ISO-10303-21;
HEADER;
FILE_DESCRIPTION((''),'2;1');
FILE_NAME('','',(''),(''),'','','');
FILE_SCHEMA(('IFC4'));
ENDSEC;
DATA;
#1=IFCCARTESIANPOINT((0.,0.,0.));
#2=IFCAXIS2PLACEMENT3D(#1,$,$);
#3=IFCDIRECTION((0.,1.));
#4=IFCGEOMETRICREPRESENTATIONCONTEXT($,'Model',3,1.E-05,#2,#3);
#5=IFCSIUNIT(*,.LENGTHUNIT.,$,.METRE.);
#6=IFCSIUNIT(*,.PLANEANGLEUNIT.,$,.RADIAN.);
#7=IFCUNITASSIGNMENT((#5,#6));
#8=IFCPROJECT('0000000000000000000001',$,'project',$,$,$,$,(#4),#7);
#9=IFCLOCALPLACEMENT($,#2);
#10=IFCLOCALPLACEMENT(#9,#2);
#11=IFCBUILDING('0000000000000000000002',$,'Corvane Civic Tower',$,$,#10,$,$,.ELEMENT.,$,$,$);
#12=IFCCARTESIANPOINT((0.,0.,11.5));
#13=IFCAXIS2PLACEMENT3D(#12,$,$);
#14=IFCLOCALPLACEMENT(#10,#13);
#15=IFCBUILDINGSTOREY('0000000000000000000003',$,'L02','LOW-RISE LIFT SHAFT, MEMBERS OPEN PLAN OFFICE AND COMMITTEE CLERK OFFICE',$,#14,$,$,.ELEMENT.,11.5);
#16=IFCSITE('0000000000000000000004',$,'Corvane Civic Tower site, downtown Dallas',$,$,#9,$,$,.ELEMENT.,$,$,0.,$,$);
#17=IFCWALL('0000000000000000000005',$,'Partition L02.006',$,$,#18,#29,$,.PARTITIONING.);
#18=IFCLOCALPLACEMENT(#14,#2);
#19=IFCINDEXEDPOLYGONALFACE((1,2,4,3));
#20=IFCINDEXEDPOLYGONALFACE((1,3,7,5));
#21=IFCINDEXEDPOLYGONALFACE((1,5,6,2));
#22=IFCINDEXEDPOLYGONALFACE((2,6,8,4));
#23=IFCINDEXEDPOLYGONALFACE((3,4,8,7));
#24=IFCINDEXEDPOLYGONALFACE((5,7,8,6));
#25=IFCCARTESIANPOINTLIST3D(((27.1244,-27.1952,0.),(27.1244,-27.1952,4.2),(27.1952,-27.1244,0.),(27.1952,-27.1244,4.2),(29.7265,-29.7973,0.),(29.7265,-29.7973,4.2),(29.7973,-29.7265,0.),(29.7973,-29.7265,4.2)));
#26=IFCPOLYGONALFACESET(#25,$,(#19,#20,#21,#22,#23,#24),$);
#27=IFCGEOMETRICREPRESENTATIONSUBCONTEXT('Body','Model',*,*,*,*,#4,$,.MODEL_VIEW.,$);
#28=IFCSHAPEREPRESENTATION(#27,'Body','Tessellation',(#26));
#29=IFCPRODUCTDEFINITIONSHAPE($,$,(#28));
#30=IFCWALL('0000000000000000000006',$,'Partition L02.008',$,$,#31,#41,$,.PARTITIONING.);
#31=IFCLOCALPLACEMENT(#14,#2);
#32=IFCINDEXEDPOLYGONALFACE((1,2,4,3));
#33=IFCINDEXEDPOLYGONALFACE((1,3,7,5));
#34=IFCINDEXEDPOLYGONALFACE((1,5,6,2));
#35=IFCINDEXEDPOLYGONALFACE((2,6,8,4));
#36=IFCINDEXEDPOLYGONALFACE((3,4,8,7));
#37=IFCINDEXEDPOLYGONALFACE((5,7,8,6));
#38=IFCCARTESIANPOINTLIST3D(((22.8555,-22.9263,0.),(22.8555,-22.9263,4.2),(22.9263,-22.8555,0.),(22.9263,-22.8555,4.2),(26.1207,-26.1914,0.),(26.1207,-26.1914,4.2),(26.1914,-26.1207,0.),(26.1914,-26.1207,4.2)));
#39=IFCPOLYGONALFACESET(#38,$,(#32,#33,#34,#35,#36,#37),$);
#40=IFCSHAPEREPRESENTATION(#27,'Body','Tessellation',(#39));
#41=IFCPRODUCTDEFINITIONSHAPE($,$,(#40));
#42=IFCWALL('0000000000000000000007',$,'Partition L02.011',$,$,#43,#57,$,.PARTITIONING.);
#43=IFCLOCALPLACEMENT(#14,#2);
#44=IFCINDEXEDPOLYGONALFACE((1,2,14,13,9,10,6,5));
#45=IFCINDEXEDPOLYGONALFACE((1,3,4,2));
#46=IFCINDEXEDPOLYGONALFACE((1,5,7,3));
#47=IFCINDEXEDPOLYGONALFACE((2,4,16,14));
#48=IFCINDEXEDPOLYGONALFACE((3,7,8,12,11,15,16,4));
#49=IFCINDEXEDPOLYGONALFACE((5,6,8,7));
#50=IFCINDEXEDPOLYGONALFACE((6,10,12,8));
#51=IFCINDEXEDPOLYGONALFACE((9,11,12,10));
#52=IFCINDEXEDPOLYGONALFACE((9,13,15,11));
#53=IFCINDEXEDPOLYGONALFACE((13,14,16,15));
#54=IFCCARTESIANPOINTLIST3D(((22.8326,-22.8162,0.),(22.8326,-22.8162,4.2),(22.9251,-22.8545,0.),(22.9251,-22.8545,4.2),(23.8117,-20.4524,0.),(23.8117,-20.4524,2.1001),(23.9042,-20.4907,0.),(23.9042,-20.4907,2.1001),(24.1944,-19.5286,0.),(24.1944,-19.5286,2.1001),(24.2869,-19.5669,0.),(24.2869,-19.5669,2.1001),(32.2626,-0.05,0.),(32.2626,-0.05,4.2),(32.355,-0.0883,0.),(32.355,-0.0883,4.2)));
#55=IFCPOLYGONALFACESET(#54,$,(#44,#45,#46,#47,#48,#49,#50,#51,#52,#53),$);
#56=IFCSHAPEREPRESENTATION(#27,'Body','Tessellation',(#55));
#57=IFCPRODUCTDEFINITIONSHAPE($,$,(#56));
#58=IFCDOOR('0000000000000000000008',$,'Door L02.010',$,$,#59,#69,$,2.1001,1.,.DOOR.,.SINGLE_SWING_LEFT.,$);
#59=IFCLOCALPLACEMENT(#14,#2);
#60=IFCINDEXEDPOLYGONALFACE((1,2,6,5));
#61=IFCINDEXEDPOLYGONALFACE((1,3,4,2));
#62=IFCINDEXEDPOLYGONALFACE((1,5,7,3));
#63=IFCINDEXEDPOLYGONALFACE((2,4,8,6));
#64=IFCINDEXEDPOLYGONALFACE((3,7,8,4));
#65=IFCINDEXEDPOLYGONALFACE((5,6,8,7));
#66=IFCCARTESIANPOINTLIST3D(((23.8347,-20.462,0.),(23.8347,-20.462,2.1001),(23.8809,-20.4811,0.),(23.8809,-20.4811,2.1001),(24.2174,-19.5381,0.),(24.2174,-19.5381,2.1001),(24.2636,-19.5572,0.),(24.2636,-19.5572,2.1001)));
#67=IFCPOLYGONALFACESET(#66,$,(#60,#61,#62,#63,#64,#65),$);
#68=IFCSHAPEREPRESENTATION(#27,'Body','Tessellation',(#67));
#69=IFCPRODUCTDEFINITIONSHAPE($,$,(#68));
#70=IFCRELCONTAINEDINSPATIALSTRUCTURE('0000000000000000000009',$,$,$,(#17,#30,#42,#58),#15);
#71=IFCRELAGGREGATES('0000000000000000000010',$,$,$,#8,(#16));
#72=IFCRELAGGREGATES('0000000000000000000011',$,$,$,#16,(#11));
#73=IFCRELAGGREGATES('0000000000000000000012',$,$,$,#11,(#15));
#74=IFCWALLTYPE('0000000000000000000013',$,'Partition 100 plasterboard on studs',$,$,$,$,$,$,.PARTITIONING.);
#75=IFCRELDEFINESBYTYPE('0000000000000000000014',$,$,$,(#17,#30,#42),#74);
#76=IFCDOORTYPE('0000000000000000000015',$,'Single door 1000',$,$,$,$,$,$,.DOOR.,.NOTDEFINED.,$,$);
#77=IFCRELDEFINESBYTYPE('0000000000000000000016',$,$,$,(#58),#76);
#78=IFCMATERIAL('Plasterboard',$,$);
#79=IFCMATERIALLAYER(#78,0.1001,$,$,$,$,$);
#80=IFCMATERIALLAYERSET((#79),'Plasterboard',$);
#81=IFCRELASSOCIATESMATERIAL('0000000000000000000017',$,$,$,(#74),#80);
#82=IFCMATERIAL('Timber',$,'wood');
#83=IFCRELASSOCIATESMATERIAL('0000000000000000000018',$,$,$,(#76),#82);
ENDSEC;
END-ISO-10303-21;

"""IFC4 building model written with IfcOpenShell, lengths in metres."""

from ifc_helpers import new_model, si_unit, direction, frame, frame_2d, origin, place, context, subcontext, project, spatial, rectangle, extrude, material, layer, layer_set, type_object, element, fill, save


model = new_model("IFC4")

# Units and contexts
model_context = context("Model", 3, precision=1e-05, world=origin(), true_north=direction((0.0, 1.0)))
body_context = subcontext(model_context, "Body", "Model", "MODEL_VIEW")
ifc_project = project(units=[si_unit("LENGTHUNIT", "METRE"), si_unit("PLANEANGLEUNIT", "RADIAN")], contexts=[model_context])

# Site, building, storey
site_placement = place(None, origin())
site = spatial("IfcSite", under=ifc_project, at=site_placement, Name="Corvane Civic Tower site, downtown Dallas", CompositionType="ELEMENT", RefElevation=0.0)
building_placement = place(site_placement, origin())
building = spatial("IfcBuilding", under=site, at=building_placement, Name="Corvane Civic Tower", CompositionType="ELEMENT")
storey_placement = place(building_placement, frame((0.0, 0.0, 11.5)))
storey = spatial("IfcBuildingStorey", under=building, at=storey_placement, Name="L02", Description="LOW-RISE LIFT SHAFT, MEMBERS OPEN PLAN OFFICE AND COMMITTEE CLERK OFFICE", CompositionType="ELEMENT", Elevation=11.5)

# Walls
ifc_material_1 = material(Name="Plasterboard")
ifc_layer_1 = layer(ifc_material_1, 0.1001)
ifc_layer_set_1 = layer_set([ifc_layer_1], Name="Plasterboard")
wall_type_1 = type_object("IfcWallType", Name="Partition 100 plasterboard on studs", PredefinedType="PARTITIONING", material=ifc_layer_set_1)
wall_1_placement = place(storey_placement, frame((27.1599, -27.1599, 0.0), z_axis=(0.0, 0.0, 1.0), x_axis=(0.707107, -0.707107, 0.0)))
element("IfcWall", 1, at=wall_1_placement, inside=storey, type_object=wall_type_1, Name="Partition L02.006", PredefinedType="PARTITIONING", context=body_context, shape_type="SweptSolid", body=[
    extrude(rectangle(XDim=3.6799, YDim=0.1001, at=frame_2d((1.8398, 0.0))), origin(), (0.0, 0.0, 1.0), 4.2),
])
wall_2_placement = place(storey_placement, frame((22.8909, -22.8909, 0.0), z_axis=(0.0, 0.0, 1.0), x_axis=(0.707107, -0.707107, 0.0)))
element("IfcWall", 2, at=wall_2_placement, inside=storey, type_object=wall_type_1, Name="Partition L02.008", PredefinedType="PARTITIONING", context=body_context, shape_type="SweptSolid", body=[
    extrude(rectangle(XDim=4.6177, YDim=0.1001, at=frame_2d((2.3088, 0.0))), origin(), (0.0, 0.0, 1.0), 4.2),
])

# Wall, opening, door
wall_3_placement = place(storey_placement, frame((22.8789, -22.8352, 0.0), z_axis=(0.0, 0.0, 1.0), x_axis=(0.38268, 0.923881, 0.0)))
wall_3 = element("IfcWall", 3, at=wall_3_placement, inside=storey, type_object=wall_type_1, Name="Partition L02.011", PredefinedType="PARTITIONING", context=body_context, shape_type="SweptSolid", body=[
    extrude(rectangle(XDim=24.6418, YDim=0.1001, at=frame_2d((12.3208, 0.0))), origin(), (0.0, 0.0, 1.0), 4.2),
])
opening_1_placement = place(wall_3_placement, frame((2.5583, 0.0, 0.0)))
opening_1 = element("IfcOpeningElement", 4, at=opening_1_placement, cuts=wall_3, PredefinedType="OPENING", context=body_context, shape_type="SweptSolid", body=[
    extrude(rectangle(XDim=1.0, YDim=2.1001, at=frame_2d((0.5, 1.05))), frame((0.0, 0.0601, 0.0), z_axis=(0.0, -1.0, 0.0), x_axis=(1.0, 0.0, 0.0)), (0.0, 0.0, 1.0), 0.1201),
])
ifc_material_2 = material(Name="Timber", Category="wood")
door_type_1 = type_object("IfcDoorType", Name="Single door 1000", OperationType="NOTDEFINED", PredefinedType="DOOR", material=ifc_material_2)
door_1_placement = place(opening_1_placement, frame((1.0, 0.0, 0.0), z_axis=(0.0, 0.0, 1.0), x_axis=(-1.0, 0.0, 0.0)))
door_1 = element("IfcDoor", 5, at=door_1_placement, inside=storey, type_object=door_type_1, Name="Door L02.010", OperationType="SINGLE_SWING_LEFT", OverallHeight=2.1001, OverallWidth=1.0, PredefinedType="DOOR", context=body_context, shape_type="SweptSolid", body=[
    extrude(rectangle(XDim=1.0, YDim=2.1001, at=frame_2d((0.5, 1.05))), frame((0.0, 0.0249, 0.0), z_axis=(0.0, -1.0, 0.0), x_axis=(1.0, 0.0, 0.0)), (0.0, 0.0, 1.0), 0.05),
])
fill(opening_1, door_1)

save(model, "model.ifc")
